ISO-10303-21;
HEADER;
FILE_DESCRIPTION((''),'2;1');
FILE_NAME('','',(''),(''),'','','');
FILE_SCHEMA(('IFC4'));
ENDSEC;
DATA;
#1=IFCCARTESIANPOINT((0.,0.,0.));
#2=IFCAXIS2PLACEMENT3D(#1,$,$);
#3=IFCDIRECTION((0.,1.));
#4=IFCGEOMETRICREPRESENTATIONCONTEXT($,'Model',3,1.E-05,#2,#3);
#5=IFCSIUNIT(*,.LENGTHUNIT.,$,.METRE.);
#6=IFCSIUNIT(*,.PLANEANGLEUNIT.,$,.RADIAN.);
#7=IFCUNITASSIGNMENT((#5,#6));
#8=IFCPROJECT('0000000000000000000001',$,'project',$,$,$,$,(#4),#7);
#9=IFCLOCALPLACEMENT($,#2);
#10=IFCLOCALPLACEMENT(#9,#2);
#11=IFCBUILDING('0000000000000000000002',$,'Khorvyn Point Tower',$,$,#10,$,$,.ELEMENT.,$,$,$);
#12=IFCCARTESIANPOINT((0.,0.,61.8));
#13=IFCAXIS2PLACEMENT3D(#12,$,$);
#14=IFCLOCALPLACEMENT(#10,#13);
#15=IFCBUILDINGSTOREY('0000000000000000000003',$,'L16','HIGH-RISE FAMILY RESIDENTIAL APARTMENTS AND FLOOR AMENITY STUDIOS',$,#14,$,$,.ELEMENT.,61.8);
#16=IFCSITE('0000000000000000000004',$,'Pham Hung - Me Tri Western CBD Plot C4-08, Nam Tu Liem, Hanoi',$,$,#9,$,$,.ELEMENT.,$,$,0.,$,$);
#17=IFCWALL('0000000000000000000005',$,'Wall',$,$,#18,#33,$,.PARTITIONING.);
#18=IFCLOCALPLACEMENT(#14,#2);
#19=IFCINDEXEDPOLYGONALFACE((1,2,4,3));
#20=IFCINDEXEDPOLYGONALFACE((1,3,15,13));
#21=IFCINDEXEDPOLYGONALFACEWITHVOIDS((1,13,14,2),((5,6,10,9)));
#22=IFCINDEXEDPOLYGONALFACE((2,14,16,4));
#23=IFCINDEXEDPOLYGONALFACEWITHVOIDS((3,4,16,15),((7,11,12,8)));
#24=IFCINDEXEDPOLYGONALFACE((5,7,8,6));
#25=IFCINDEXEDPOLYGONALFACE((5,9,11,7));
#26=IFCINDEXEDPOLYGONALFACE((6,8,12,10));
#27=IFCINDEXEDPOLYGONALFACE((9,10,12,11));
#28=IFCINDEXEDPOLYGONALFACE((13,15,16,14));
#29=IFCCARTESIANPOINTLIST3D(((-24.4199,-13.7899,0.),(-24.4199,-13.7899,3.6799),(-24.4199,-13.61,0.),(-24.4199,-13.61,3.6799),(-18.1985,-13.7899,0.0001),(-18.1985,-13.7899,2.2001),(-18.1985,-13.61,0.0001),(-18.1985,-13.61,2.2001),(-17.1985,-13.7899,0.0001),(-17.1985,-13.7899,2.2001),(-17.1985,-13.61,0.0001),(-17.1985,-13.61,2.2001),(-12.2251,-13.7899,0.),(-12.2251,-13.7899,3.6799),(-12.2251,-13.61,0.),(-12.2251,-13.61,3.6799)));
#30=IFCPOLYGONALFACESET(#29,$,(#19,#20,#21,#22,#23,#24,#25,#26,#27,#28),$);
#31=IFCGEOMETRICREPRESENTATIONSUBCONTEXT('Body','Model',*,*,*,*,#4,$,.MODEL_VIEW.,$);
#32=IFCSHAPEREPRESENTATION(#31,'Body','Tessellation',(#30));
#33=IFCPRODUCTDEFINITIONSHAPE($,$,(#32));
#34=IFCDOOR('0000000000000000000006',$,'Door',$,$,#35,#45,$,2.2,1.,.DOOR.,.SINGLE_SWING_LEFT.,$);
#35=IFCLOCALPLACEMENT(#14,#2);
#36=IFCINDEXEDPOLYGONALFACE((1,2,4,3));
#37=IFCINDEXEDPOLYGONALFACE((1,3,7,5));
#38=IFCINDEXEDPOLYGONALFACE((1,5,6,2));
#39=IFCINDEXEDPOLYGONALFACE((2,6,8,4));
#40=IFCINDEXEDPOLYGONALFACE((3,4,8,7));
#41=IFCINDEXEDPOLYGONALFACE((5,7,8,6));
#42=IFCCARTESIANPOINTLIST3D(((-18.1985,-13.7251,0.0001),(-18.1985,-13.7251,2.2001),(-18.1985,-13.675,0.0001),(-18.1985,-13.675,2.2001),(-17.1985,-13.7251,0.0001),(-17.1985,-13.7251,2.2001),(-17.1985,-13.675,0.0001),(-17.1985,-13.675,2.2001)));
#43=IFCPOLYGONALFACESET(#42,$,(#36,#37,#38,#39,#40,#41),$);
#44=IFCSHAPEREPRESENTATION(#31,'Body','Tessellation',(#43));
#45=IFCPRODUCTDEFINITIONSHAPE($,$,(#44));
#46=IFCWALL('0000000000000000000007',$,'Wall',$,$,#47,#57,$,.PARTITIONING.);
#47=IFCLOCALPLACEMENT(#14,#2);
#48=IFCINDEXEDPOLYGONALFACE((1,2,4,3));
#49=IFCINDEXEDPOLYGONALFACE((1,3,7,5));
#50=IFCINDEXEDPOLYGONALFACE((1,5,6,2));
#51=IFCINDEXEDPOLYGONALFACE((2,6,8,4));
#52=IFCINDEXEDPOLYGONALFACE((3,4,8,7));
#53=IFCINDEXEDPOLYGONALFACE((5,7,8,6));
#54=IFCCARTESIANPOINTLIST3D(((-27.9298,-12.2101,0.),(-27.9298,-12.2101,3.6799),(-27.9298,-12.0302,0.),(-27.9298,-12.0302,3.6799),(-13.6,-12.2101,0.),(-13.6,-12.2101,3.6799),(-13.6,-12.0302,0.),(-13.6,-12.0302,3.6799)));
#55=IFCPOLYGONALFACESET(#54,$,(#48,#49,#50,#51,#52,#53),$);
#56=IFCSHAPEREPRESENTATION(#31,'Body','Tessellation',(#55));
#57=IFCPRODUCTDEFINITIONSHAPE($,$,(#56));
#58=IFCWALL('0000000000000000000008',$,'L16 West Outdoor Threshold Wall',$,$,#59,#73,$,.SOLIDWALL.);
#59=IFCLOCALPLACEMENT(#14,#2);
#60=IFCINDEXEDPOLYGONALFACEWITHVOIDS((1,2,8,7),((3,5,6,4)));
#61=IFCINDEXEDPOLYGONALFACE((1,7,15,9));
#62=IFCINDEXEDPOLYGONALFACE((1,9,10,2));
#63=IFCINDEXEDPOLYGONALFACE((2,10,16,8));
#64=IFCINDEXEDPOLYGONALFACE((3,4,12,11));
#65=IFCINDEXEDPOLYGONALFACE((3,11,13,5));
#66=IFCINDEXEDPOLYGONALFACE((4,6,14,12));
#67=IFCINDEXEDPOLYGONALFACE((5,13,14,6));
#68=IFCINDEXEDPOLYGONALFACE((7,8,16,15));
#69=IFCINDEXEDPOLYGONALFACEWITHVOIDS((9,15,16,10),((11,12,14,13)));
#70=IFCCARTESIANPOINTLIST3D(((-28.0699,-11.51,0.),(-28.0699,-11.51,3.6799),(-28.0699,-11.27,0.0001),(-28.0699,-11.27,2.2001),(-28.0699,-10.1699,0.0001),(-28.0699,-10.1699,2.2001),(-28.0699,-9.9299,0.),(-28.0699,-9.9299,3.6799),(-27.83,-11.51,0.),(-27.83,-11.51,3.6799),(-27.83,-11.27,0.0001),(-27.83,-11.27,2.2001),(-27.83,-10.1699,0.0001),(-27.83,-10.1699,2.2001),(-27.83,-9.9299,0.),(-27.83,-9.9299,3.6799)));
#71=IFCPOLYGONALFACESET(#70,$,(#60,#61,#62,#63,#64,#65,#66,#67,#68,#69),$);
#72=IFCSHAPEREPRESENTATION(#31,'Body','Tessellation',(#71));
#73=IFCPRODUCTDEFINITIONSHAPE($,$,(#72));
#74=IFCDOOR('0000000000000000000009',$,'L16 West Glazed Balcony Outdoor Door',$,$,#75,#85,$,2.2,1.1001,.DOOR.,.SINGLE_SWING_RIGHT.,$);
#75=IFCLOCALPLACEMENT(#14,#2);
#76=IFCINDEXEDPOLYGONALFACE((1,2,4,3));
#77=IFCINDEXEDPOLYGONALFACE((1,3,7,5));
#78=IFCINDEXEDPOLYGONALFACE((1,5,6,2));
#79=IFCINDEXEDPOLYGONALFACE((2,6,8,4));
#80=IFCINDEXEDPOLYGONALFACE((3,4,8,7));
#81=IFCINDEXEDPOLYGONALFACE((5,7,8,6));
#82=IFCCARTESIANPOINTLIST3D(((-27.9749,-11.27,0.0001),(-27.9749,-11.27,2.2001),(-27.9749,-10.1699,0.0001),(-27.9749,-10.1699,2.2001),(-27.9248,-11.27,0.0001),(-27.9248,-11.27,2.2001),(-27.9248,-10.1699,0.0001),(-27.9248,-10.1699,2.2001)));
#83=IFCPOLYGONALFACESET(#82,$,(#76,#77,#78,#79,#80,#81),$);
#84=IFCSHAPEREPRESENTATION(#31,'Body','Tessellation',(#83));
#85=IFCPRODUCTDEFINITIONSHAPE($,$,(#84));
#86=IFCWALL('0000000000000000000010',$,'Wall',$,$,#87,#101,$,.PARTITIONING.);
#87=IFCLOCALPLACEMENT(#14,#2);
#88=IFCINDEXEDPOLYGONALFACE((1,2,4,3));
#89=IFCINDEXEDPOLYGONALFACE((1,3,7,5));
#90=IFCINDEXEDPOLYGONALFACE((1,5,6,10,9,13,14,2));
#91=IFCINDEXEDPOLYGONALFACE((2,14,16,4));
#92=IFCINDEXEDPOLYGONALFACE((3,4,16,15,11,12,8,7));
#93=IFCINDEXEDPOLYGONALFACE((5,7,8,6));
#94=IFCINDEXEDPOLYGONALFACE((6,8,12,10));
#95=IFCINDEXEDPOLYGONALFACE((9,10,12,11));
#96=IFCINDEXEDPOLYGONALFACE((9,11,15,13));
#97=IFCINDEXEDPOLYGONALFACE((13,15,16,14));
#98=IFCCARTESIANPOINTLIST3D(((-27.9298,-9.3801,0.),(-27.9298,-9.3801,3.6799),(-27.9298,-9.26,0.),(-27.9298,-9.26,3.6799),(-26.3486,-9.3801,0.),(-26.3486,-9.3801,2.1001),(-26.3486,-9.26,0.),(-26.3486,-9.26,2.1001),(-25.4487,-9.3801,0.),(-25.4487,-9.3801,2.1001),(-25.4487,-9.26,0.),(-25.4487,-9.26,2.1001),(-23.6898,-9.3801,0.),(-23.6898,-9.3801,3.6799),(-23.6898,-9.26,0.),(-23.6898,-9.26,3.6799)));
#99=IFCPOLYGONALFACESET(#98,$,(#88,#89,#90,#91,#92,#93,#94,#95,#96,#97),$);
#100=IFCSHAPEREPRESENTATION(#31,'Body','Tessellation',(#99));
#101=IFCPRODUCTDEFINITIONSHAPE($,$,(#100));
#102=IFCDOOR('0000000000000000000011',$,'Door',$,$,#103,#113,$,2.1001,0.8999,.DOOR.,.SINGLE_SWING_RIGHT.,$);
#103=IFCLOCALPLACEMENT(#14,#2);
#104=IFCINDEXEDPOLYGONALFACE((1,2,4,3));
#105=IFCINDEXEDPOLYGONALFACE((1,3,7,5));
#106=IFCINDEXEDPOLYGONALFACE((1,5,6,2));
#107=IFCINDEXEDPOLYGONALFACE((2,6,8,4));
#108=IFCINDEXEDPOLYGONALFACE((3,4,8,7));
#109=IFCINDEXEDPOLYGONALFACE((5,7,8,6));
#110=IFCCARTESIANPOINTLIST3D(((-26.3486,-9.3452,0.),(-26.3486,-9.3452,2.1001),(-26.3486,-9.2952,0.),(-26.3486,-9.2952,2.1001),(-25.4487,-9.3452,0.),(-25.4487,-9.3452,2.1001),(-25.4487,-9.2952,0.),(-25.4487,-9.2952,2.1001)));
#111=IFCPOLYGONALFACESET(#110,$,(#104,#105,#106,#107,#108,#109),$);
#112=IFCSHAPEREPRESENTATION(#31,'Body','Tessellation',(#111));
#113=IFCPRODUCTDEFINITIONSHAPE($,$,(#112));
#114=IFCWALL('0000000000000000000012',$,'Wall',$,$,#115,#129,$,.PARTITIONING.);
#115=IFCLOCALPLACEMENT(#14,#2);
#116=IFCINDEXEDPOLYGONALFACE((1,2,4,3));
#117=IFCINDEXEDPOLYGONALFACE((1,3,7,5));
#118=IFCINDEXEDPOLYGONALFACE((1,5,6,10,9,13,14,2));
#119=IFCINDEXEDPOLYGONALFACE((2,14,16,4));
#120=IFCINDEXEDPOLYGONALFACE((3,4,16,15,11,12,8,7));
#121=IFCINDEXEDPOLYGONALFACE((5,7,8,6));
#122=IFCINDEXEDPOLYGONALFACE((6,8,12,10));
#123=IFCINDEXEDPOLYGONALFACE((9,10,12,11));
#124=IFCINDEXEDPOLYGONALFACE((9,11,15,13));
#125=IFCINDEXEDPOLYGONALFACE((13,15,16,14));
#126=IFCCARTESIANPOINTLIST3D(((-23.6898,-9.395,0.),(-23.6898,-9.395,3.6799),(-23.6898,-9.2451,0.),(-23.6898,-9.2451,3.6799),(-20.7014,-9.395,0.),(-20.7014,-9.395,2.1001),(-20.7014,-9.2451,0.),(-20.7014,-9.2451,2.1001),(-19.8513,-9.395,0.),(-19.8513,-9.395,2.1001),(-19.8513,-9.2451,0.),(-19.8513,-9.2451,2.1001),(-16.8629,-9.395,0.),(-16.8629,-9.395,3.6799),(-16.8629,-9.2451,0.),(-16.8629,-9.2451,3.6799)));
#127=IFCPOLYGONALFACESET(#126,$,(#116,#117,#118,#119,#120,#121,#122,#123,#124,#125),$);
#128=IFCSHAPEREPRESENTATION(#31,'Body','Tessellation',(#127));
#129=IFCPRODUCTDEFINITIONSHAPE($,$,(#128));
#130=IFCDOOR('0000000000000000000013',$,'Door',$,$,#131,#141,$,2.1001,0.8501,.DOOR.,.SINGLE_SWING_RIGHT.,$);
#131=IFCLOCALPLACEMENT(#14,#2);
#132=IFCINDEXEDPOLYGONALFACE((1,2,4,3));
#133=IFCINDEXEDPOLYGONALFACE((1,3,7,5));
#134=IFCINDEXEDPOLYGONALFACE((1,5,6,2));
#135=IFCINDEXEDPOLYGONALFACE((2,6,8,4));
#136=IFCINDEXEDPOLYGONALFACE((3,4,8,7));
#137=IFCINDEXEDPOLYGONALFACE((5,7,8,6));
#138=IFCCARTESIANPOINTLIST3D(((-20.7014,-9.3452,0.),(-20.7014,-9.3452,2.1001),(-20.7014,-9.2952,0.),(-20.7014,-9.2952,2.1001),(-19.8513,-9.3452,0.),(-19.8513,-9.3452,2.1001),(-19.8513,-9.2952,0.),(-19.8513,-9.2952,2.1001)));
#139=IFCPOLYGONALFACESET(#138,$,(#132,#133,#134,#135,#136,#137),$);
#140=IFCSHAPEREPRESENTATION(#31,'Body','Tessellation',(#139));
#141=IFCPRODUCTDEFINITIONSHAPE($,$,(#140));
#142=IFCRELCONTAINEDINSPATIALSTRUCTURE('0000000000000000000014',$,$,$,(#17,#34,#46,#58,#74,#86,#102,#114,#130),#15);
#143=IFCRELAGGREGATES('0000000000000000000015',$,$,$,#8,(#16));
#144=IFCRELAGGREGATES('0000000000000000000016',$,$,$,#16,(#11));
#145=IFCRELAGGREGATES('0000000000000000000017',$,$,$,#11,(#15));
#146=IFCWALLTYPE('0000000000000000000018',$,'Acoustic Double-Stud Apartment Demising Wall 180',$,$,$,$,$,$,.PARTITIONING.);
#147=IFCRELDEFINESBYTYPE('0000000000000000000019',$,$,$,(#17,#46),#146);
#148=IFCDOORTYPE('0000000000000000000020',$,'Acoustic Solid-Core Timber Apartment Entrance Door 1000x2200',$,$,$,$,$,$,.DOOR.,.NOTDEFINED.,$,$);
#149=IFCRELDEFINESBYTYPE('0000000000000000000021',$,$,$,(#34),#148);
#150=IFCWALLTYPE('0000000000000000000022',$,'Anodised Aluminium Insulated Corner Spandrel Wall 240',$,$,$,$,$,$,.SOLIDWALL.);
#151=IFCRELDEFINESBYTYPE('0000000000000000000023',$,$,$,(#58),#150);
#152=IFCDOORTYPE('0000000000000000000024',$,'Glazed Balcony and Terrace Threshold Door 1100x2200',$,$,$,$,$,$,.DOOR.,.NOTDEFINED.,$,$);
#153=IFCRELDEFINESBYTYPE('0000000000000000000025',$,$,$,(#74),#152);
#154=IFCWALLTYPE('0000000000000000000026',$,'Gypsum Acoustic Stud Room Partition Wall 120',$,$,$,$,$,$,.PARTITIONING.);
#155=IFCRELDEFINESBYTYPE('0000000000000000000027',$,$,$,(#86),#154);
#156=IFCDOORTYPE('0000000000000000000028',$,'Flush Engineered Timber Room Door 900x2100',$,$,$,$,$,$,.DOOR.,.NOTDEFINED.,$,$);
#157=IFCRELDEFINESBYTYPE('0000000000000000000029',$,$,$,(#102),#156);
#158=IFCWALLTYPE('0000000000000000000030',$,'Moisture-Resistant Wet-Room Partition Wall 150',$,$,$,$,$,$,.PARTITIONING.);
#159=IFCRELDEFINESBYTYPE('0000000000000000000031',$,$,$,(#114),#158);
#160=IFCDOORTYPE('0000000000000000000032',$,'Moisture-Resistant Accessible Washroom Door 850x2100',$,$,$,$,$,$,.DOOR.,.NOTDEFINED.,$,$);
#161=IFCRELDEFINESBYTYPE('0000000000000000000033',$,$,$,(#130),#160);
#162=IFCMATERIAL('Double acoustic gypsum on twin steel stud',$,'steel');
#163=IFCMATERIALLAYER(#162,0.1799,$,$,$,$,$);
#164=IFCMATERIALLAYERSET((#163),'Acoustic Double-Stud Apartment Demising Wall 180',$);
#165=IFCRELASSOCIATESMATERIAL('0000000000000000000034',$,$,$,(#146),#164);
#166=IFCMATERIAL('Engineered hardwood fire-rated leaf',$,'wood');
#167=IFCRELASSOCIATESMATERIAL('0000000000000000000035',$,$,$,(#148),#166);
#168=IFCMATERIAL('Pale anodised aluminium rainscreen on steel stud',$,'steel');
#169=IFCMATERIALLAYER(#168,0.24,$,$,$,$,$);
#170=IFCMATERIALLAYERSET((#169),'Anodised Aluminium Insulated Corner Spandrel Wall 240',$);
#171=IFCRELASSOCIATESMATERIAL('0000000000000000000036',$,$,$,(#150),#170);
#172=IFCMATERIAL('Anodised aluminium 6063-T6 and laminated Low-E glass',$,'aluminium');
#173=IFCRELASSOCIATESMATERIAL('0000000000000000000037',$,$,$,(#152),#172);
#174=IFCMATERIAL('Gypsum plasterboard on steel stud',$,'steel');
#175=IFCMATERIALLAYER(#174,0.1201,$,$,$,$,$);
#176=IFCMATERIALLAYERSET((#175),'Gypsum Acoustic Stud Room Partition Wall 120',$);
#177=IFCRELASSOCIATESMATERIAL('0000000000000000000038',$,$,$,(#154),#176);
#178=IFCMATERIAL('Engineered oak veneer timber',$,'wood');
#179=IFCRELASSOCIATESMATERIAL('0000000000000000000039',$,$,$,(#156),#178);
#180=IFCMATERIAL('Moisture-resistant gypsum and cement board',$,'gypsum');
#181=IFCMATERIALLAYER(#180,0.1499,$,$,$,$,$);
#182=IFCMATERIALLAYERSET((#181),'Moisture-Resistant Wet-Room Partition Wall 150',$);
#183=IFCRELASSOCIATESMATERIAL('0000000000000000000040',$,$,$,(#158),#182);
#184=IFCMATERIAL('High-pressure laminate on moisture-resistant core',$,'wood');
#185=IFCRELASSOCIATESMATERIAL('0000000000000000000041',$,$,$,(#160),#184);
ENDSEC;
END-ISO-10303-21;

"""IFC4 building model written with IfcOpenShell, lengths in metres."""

from ifc_helpers import new_model, si_unit, direction, frame, frame_2d, origin, place, context, subcontext, project, spatial, rectangle, extrude, material, layer, layer_set, type_object, element, fill, save


model = new_model("IFC4")

# Units and contexts
model_context = context("Model", 3, precision=1e-05, world=origin(), true_north=direction((0.0, 1.0)))
body_context = subcontext(model_context, "Body", "Model", "MODEL_VIEW")
ifc_project = project(units=[si_unit("LENGTHUNIT", "METRE"), si_unit("PLANEANGLEUNIT", "RADIAN")], contexts=[model_context])

# Site, building, storey
site_placement = place(None, origin())
site = spatial("IfcSite", under=ifc_project, at=site_placement, Name="Pham Hung - Me Tri Western CBD Plot C4-08, Nam Tu Liem, Hanoi", CompositionType="ELEMENT", RefElevation=0.0)
building_placement = place(site_placement, origin())
building = spatial("IfcBuilding", under=site, at=building_placement, Name="Khorvyn Point Tower", CompositionType="ELEMENT")
storey_placement = place(building_placement, frame((0.0, 0.0, 61.8)))
storey = spatial("IfcBuildingStorey", under=building, at=storey_placement, Name="L16", Description="HIGH-RISE FAMILY RESIDENTIAL APARTMENTS AND FLOOR AMENITY STUDIOS", CompositionType="ELEMENT", Elevation=61.8)

# Shared definitions
ifc_material_1 = material(Name="Anodised aluminium 6063-T6 and laminated Low-E glass", Category="aluminium")

# Wall, opening, door
ifc_material_2 = material(Name="Double acoustic gypsum on twin steel stud", Category="steel")
ifc_layer_1 = layer(ifc_material_2, 0.1799)
ifc_layer_set_1 = layer_set([ifc_layer_1], Name="Acoustic Double-Stud Apartment Demising Wall 180")
wall_type_1 = type_object("IfcWallType", Name="Acoustic Double-Stud Apartment Demising Wall 180", PredefinedType="PARTITIONING", material=ifc_layer_set_1)
wall_1_placement = place(storey_placement, frame((-24.4199, -13.7, 0.0), z_axis=(0.0, 0.0, 1.0), x_axis=(1.0, 0.0, 0.0)))
wall_1 = element("IfcWall", 1, at=wall_1_placement, inside=storey, type_object=wall_type_1, Name="Wall", PredefinedType="PARTITIONING", context=body_context, shape_type="SweptSolid", body=[
    extrude(rectangle(XDim=12.1948, YDim=0.1799, at=frame_2d((6.0974, 0.0))), origin(), (0.0, 0.0, 1.0), 3.6799),
])
opening_1_placement = place(wall_1_placement, frame((6.2214, 0.0, 0.0)))
opening_1 = element("IfcOpeningElement", 2, at=opening_1_placement, cuts=wall_1, PredefinedType="OPENING", context=body_context, shape_type="SweptSolid", body=[
    extrude(rectangle(XDim=1.0, YDim=2.2, at=frame_2d((0.5, 1.1001))), frame((0.0, 0.0999, 0.0), z_axis=(0.0, -1.0, 0.0), x_axis=(1.0, 0.0, 0.0)), (0.0, 0.0, 1.0), 0.2),
])
ifc_material_3 = material(Name="Engineered hardwood fire-rated leaf", Category="wood")
door_type_1 = type_object("IfcDoorType", Name="Acoustic Solid-Core Timber Apartment Entrance Door 1000x2200", OperationType="NOTDEFINED", PredefinedType="DOOR", material=ifc_material_3)
door_1_placement = place(opening_1_placement, origin())
door_1 = element("IfcDoor", 3, at=door_1_placement, inside=storey, type_object=door_type_1, Name="Door", OperationType="SINGLE_SWING_LEFT", OverallHeight=2.2, OverallWidth=1.0, PredefinedType="DOOR", context=body_context, shape_type="SweptSolid", body=[
    extrude(rectangle(XDim=1.0, YDim=2.2, at=frame_2d((0.5, 1.1001))), frame((0.0, 0.0249, 0.0), z_axis=(0.0, -1.0, 0.0), x_axis=(1.0, 0.0, 0.0)), (0.0, 0.0, 1.0), 0.05),
])
fill(opening_1, door_1)

# Wall
wall_2_placement = place(storey_placement, frame((-27.9299, -12.1201, 0.0), z_axis=(0.0, 0.0, 1.0), x_axis=(1.0, 0.0, 0.0)))
element("IfcWall", 4, at=wall_2_placement, inside=storey, type_object=wall_type_1, Name="Wall", PredefinedType="PARTITIONING", context=body_context, shape_type="SweptSolid", body=[
    extrude(rectangle(XDim=14.3298, YDim=0.1799, at=frame_2d((7.165, 0.0))), origin(), (0.0, 0.0, 1.0), 3.6799),
])

# Walls, openings, doors
ifc_material_4 = material(Name="Pale anodised aluminium rainscreen on steel stud", Category="steel")
ifc_layer_2 = layer(ifc_material_4, 0.24)
ifc_layer_set_2 = layer_set([ifc_layer_2], Name="Anodised Aluminium Insulated Corner Spandrel Wall 240")
wall_type_2 = type_object("IfcWallType", Name="Anodised Aluminium Insulated Corner Spandrel Wall 240", PredefinedType="SOLIDWALL", material=ifc_layer_set_2)
wall_3_placement = place(storey_placement, frame((-27.95, -11.51, 0.0), z_axis=(0.0, 0.0, 1.0), x_axis=(0.0, 1.0, 0.0)))
wall_3 = element("IfcWall", 5, at=wall_3_placement, inside=storey, type_object=wall_type_2, Name="L16 West Outdoor Threshold Wall", PredefinedType="SOLIDWALL", context=body_context, shape_type="SweptSolid", body=[
    extrude(rectangle(XDim=1.5801, YDim=0.24, at=frame_2d((0.79, 0.0))), origin(), (0.0, 0.0, 1.0), 3.6799),
])
opening_2_placement = place(wall_3_placement, frame((0.24, 0.0, 0.0)))
opening_2 = element("IfcOpeningElement", 6, at=opening_2_placement, cuts=wall_3, PredefinedType="OPENING", context=body_context, shape_type="SweptSolid", body=[
    extrude(rectangle(XDim=1.1001, YDim=2.2, at=frame_2d((0.55, 1.1001))), frame((0.0, 0.1299, 0.0), z_axis=(0.0, -1.0, 0.0), x_axis=(1.0, 0.0, 0.0)), (0.0, 0.0, 1.0), 0.26),
])
door_type_2 = type_object("IfcDoorType", Name="Glazed Balcony and Terrace Threshold Door 1100x2200", OperationType="NOTDEFINED", PredefinedType="DOOR", material=ifc_material_1)
door_2_placement = place(opening_2_placement, origin())
door_2 = element("IfcDoor", 7, at=door_2_placement, inside=storey, type_object=door_type_2, Name="L16 West Glazed Balcony Outdoor Door", OperationType="SINGLE_SWING_RIGHT", OverallHeight=2.2, OverallWidth=1.1001, PredefinedType="DOOR", context=body_context, shape_type="SweptSolid", body=[
    extrude(rectangle(XDim=1.1001, YDim=2.2, at=frame_2d((0.55, 1.1001))), frame((0.0, 0.0249, 0.0), z_axis=(0.0, -1.0, 0.0), x_axis=(1.0, 0.0, 0.0)), (0.0, 0.0, 1.0), 0.05),
])
fill(opening_2, door_2)
ifc_material_5 = material(Name="Gypsum plasterboard on steel stud", Category="steel")
ifc_layer_3 = layer(ifc_material_5, 0.1201)
ifc_layer_set_3 = layer_set([ifc_layer_3], Name="Gypsum Acoustic Stud Room Partition Wall 120")
wall_type_3 = type_object("IfcWallType", Name="Gypsum Acoustic Stud Room Partition Wall 120", PredefinedType="PARTITIONING", material=ifc_layer_set_3)
wall_4_placement = place(storey_placement, frame((-27.9299, -9.3201, 0.0), z_axis=(0.0, 0.0, 1.0), x_axis=(1.0, 0.0, 0.0)))
wall_4 = element("IfcWall", 8, at=wall_4_placement, inside=storey, type_object=wall_type_3, Name="Wall", PredefinedType="PARTITIONING", context=body_context, shape_type="SweptSolid", body=[
    extrude(rectangle(XDim=4.24, YDim=0.1201, at=frame_2d((2.1201, 0.0))), origin(), (0.0, 0.0, 1.0), 3.6799),
])
opening_3_placement = place(wall_4_placement, frame((1.5813, 0.0, 0.0)))
opening_3 = element("IfcOpeningElement", 9, at=opening_3_placement, cuts=wall_4, PredefinedType="OPENING", context=body_context, shape_type="SweptSolid", body=[
    extrude(rectangle(XDim=0.8999, YDim=2.1001, at=frame_2d((0.45, 1.05))), frame((0.0, 0.0701, 0.0), z_axis=(0.0, -1.0, 0.0), x_axis=(1.0, 0.0, 0.0)), (0.0, 0.0, 1.0), 0.1401),
])
ifc_material_6 = material(Name="Engineered oak veneer timber", Category="wood")
door_type_3 = type_object("IfcDoorType", Name="Flush Engineered Timber Room Door 900x2100", OperationType="NOTDEFINED", PredefinedType="DOOR", material=ifc_material_6)
door_3_placement = place(opening_3_placement, origin())
door_3 = element("IfcDoor", 10, at=door_3_placement, inside=storey, type_object=door_type_3, Name="Door", OperationType="SINGLE_SWING_RIGHT", OverallHeight=2.1001, OverallWidth=0.8999, PredefinedType="DOOR", context=body_context, shape_type="SweptSolid", body=[
    extrude(rectangle(XDim=0.8999, YDim=2.1001, at=frame_2d((0.45, 1.05))), frame((0.0, 0.0249, 0.0), z_axis=(0.0, -1.0, 0.0), x_axis=(1.0, 0.0, 0.0)), (0.0, 0.0, 1.0), 0.05),
])
fill(opening_3, door_3)
ifc_material_7 = material(Name="Moisture-resistant gypsum and cement board", Category="gypsum")
ifc_layer_4 = layer(ifc_material_7, 0.1499)
ifc_layer_set_4 = layer_set([ifc_layer_4], Name="Moisture-Resistant Wet-Room Partition Wall 150")
wall_type_4 = type_object("IfcWallType", Name="Moisture-Resistant Wet-Room Partition Wall 150", PredefinedType="PARTITIONING", material=ifc_layer_set_4)
wall_5_placement = place(storey_placement, frame((-23.6899, -9.3201, 0.0), z_axis=(0.0, 0.0, 1.0), x_axis=(1.0, 0.0, 0.0)))
wall_5 = element("IfcWall", 11, at=wall_5_placement, inside=storey, type_object=wall_type_4, Name="Wall", PredefinedType="PARTITIONING", context=body_context, shape_type="SweptSolid", body=[
    extrude(rectangle(XDim=6.8269, YDim=0.1499, at=frame_2d((3.4136, 0.0))), origin(), (0.0, 0.0, 1.0), 3.6799),
])
opening_4_placement = place(wall_5_placement, frame((2.9885, 0.0, 0.0)))
opening_4 = element("IfcOpeningElement", 12, at=opening_4_placement, cuts=wall_5, PredefinedType="OPENING", context=body_context, shape_type="SweptSolid", body=[
    extrude(rectangle(XDim=0.8501, YDim=2.1001, at=frame_2d((0.425, 1.05))), frame((0.0, 0.085, 0.0), z_axis=(0.0, -1.0, 0.0), x_axis=(1.0, 0.0, 0.0)), (0.0, 0.0, 1.0), 0.1699),
])
ifc_material_8 = material(Name="High-pressure laminate on moisture-resistant core", Category="wood")
door_type_4 = type_object("IfcDoorType", Name="Moisture-Resistant Accessible Washroom Door 850x2100", OperationType="NOTDEFINED", PredefinedType="DOOR", material=ifc_material_8)
door_4_placement = place(opening_4_placement, origin())
door_4 = element("IfcDoor", 13, at=door_4_placement, inside=storey, type_object=door_type_4, Name="Door", OperationType="SINGLE_SWING_RIGHT", OverallHeight=2.1001, OverallWidth=0.8501, PredefinedType="DOOR", context=body_context, shape_type="SweptSolid", body=[
    extrude(rectangle(XDim=0.8501, YDim=2.1001, at=frame_2d((0.425, 1.05))), frame((0.0, 0.0249, 0.0), z_axis=(0.0, -1.0, 0.0), x_axis=(1.0, 0.0, 0.0)), (0.0, 0.0, 1.0), 0.05),
])
fill(opening_4, door_4)

save(model, "model.ifc")
